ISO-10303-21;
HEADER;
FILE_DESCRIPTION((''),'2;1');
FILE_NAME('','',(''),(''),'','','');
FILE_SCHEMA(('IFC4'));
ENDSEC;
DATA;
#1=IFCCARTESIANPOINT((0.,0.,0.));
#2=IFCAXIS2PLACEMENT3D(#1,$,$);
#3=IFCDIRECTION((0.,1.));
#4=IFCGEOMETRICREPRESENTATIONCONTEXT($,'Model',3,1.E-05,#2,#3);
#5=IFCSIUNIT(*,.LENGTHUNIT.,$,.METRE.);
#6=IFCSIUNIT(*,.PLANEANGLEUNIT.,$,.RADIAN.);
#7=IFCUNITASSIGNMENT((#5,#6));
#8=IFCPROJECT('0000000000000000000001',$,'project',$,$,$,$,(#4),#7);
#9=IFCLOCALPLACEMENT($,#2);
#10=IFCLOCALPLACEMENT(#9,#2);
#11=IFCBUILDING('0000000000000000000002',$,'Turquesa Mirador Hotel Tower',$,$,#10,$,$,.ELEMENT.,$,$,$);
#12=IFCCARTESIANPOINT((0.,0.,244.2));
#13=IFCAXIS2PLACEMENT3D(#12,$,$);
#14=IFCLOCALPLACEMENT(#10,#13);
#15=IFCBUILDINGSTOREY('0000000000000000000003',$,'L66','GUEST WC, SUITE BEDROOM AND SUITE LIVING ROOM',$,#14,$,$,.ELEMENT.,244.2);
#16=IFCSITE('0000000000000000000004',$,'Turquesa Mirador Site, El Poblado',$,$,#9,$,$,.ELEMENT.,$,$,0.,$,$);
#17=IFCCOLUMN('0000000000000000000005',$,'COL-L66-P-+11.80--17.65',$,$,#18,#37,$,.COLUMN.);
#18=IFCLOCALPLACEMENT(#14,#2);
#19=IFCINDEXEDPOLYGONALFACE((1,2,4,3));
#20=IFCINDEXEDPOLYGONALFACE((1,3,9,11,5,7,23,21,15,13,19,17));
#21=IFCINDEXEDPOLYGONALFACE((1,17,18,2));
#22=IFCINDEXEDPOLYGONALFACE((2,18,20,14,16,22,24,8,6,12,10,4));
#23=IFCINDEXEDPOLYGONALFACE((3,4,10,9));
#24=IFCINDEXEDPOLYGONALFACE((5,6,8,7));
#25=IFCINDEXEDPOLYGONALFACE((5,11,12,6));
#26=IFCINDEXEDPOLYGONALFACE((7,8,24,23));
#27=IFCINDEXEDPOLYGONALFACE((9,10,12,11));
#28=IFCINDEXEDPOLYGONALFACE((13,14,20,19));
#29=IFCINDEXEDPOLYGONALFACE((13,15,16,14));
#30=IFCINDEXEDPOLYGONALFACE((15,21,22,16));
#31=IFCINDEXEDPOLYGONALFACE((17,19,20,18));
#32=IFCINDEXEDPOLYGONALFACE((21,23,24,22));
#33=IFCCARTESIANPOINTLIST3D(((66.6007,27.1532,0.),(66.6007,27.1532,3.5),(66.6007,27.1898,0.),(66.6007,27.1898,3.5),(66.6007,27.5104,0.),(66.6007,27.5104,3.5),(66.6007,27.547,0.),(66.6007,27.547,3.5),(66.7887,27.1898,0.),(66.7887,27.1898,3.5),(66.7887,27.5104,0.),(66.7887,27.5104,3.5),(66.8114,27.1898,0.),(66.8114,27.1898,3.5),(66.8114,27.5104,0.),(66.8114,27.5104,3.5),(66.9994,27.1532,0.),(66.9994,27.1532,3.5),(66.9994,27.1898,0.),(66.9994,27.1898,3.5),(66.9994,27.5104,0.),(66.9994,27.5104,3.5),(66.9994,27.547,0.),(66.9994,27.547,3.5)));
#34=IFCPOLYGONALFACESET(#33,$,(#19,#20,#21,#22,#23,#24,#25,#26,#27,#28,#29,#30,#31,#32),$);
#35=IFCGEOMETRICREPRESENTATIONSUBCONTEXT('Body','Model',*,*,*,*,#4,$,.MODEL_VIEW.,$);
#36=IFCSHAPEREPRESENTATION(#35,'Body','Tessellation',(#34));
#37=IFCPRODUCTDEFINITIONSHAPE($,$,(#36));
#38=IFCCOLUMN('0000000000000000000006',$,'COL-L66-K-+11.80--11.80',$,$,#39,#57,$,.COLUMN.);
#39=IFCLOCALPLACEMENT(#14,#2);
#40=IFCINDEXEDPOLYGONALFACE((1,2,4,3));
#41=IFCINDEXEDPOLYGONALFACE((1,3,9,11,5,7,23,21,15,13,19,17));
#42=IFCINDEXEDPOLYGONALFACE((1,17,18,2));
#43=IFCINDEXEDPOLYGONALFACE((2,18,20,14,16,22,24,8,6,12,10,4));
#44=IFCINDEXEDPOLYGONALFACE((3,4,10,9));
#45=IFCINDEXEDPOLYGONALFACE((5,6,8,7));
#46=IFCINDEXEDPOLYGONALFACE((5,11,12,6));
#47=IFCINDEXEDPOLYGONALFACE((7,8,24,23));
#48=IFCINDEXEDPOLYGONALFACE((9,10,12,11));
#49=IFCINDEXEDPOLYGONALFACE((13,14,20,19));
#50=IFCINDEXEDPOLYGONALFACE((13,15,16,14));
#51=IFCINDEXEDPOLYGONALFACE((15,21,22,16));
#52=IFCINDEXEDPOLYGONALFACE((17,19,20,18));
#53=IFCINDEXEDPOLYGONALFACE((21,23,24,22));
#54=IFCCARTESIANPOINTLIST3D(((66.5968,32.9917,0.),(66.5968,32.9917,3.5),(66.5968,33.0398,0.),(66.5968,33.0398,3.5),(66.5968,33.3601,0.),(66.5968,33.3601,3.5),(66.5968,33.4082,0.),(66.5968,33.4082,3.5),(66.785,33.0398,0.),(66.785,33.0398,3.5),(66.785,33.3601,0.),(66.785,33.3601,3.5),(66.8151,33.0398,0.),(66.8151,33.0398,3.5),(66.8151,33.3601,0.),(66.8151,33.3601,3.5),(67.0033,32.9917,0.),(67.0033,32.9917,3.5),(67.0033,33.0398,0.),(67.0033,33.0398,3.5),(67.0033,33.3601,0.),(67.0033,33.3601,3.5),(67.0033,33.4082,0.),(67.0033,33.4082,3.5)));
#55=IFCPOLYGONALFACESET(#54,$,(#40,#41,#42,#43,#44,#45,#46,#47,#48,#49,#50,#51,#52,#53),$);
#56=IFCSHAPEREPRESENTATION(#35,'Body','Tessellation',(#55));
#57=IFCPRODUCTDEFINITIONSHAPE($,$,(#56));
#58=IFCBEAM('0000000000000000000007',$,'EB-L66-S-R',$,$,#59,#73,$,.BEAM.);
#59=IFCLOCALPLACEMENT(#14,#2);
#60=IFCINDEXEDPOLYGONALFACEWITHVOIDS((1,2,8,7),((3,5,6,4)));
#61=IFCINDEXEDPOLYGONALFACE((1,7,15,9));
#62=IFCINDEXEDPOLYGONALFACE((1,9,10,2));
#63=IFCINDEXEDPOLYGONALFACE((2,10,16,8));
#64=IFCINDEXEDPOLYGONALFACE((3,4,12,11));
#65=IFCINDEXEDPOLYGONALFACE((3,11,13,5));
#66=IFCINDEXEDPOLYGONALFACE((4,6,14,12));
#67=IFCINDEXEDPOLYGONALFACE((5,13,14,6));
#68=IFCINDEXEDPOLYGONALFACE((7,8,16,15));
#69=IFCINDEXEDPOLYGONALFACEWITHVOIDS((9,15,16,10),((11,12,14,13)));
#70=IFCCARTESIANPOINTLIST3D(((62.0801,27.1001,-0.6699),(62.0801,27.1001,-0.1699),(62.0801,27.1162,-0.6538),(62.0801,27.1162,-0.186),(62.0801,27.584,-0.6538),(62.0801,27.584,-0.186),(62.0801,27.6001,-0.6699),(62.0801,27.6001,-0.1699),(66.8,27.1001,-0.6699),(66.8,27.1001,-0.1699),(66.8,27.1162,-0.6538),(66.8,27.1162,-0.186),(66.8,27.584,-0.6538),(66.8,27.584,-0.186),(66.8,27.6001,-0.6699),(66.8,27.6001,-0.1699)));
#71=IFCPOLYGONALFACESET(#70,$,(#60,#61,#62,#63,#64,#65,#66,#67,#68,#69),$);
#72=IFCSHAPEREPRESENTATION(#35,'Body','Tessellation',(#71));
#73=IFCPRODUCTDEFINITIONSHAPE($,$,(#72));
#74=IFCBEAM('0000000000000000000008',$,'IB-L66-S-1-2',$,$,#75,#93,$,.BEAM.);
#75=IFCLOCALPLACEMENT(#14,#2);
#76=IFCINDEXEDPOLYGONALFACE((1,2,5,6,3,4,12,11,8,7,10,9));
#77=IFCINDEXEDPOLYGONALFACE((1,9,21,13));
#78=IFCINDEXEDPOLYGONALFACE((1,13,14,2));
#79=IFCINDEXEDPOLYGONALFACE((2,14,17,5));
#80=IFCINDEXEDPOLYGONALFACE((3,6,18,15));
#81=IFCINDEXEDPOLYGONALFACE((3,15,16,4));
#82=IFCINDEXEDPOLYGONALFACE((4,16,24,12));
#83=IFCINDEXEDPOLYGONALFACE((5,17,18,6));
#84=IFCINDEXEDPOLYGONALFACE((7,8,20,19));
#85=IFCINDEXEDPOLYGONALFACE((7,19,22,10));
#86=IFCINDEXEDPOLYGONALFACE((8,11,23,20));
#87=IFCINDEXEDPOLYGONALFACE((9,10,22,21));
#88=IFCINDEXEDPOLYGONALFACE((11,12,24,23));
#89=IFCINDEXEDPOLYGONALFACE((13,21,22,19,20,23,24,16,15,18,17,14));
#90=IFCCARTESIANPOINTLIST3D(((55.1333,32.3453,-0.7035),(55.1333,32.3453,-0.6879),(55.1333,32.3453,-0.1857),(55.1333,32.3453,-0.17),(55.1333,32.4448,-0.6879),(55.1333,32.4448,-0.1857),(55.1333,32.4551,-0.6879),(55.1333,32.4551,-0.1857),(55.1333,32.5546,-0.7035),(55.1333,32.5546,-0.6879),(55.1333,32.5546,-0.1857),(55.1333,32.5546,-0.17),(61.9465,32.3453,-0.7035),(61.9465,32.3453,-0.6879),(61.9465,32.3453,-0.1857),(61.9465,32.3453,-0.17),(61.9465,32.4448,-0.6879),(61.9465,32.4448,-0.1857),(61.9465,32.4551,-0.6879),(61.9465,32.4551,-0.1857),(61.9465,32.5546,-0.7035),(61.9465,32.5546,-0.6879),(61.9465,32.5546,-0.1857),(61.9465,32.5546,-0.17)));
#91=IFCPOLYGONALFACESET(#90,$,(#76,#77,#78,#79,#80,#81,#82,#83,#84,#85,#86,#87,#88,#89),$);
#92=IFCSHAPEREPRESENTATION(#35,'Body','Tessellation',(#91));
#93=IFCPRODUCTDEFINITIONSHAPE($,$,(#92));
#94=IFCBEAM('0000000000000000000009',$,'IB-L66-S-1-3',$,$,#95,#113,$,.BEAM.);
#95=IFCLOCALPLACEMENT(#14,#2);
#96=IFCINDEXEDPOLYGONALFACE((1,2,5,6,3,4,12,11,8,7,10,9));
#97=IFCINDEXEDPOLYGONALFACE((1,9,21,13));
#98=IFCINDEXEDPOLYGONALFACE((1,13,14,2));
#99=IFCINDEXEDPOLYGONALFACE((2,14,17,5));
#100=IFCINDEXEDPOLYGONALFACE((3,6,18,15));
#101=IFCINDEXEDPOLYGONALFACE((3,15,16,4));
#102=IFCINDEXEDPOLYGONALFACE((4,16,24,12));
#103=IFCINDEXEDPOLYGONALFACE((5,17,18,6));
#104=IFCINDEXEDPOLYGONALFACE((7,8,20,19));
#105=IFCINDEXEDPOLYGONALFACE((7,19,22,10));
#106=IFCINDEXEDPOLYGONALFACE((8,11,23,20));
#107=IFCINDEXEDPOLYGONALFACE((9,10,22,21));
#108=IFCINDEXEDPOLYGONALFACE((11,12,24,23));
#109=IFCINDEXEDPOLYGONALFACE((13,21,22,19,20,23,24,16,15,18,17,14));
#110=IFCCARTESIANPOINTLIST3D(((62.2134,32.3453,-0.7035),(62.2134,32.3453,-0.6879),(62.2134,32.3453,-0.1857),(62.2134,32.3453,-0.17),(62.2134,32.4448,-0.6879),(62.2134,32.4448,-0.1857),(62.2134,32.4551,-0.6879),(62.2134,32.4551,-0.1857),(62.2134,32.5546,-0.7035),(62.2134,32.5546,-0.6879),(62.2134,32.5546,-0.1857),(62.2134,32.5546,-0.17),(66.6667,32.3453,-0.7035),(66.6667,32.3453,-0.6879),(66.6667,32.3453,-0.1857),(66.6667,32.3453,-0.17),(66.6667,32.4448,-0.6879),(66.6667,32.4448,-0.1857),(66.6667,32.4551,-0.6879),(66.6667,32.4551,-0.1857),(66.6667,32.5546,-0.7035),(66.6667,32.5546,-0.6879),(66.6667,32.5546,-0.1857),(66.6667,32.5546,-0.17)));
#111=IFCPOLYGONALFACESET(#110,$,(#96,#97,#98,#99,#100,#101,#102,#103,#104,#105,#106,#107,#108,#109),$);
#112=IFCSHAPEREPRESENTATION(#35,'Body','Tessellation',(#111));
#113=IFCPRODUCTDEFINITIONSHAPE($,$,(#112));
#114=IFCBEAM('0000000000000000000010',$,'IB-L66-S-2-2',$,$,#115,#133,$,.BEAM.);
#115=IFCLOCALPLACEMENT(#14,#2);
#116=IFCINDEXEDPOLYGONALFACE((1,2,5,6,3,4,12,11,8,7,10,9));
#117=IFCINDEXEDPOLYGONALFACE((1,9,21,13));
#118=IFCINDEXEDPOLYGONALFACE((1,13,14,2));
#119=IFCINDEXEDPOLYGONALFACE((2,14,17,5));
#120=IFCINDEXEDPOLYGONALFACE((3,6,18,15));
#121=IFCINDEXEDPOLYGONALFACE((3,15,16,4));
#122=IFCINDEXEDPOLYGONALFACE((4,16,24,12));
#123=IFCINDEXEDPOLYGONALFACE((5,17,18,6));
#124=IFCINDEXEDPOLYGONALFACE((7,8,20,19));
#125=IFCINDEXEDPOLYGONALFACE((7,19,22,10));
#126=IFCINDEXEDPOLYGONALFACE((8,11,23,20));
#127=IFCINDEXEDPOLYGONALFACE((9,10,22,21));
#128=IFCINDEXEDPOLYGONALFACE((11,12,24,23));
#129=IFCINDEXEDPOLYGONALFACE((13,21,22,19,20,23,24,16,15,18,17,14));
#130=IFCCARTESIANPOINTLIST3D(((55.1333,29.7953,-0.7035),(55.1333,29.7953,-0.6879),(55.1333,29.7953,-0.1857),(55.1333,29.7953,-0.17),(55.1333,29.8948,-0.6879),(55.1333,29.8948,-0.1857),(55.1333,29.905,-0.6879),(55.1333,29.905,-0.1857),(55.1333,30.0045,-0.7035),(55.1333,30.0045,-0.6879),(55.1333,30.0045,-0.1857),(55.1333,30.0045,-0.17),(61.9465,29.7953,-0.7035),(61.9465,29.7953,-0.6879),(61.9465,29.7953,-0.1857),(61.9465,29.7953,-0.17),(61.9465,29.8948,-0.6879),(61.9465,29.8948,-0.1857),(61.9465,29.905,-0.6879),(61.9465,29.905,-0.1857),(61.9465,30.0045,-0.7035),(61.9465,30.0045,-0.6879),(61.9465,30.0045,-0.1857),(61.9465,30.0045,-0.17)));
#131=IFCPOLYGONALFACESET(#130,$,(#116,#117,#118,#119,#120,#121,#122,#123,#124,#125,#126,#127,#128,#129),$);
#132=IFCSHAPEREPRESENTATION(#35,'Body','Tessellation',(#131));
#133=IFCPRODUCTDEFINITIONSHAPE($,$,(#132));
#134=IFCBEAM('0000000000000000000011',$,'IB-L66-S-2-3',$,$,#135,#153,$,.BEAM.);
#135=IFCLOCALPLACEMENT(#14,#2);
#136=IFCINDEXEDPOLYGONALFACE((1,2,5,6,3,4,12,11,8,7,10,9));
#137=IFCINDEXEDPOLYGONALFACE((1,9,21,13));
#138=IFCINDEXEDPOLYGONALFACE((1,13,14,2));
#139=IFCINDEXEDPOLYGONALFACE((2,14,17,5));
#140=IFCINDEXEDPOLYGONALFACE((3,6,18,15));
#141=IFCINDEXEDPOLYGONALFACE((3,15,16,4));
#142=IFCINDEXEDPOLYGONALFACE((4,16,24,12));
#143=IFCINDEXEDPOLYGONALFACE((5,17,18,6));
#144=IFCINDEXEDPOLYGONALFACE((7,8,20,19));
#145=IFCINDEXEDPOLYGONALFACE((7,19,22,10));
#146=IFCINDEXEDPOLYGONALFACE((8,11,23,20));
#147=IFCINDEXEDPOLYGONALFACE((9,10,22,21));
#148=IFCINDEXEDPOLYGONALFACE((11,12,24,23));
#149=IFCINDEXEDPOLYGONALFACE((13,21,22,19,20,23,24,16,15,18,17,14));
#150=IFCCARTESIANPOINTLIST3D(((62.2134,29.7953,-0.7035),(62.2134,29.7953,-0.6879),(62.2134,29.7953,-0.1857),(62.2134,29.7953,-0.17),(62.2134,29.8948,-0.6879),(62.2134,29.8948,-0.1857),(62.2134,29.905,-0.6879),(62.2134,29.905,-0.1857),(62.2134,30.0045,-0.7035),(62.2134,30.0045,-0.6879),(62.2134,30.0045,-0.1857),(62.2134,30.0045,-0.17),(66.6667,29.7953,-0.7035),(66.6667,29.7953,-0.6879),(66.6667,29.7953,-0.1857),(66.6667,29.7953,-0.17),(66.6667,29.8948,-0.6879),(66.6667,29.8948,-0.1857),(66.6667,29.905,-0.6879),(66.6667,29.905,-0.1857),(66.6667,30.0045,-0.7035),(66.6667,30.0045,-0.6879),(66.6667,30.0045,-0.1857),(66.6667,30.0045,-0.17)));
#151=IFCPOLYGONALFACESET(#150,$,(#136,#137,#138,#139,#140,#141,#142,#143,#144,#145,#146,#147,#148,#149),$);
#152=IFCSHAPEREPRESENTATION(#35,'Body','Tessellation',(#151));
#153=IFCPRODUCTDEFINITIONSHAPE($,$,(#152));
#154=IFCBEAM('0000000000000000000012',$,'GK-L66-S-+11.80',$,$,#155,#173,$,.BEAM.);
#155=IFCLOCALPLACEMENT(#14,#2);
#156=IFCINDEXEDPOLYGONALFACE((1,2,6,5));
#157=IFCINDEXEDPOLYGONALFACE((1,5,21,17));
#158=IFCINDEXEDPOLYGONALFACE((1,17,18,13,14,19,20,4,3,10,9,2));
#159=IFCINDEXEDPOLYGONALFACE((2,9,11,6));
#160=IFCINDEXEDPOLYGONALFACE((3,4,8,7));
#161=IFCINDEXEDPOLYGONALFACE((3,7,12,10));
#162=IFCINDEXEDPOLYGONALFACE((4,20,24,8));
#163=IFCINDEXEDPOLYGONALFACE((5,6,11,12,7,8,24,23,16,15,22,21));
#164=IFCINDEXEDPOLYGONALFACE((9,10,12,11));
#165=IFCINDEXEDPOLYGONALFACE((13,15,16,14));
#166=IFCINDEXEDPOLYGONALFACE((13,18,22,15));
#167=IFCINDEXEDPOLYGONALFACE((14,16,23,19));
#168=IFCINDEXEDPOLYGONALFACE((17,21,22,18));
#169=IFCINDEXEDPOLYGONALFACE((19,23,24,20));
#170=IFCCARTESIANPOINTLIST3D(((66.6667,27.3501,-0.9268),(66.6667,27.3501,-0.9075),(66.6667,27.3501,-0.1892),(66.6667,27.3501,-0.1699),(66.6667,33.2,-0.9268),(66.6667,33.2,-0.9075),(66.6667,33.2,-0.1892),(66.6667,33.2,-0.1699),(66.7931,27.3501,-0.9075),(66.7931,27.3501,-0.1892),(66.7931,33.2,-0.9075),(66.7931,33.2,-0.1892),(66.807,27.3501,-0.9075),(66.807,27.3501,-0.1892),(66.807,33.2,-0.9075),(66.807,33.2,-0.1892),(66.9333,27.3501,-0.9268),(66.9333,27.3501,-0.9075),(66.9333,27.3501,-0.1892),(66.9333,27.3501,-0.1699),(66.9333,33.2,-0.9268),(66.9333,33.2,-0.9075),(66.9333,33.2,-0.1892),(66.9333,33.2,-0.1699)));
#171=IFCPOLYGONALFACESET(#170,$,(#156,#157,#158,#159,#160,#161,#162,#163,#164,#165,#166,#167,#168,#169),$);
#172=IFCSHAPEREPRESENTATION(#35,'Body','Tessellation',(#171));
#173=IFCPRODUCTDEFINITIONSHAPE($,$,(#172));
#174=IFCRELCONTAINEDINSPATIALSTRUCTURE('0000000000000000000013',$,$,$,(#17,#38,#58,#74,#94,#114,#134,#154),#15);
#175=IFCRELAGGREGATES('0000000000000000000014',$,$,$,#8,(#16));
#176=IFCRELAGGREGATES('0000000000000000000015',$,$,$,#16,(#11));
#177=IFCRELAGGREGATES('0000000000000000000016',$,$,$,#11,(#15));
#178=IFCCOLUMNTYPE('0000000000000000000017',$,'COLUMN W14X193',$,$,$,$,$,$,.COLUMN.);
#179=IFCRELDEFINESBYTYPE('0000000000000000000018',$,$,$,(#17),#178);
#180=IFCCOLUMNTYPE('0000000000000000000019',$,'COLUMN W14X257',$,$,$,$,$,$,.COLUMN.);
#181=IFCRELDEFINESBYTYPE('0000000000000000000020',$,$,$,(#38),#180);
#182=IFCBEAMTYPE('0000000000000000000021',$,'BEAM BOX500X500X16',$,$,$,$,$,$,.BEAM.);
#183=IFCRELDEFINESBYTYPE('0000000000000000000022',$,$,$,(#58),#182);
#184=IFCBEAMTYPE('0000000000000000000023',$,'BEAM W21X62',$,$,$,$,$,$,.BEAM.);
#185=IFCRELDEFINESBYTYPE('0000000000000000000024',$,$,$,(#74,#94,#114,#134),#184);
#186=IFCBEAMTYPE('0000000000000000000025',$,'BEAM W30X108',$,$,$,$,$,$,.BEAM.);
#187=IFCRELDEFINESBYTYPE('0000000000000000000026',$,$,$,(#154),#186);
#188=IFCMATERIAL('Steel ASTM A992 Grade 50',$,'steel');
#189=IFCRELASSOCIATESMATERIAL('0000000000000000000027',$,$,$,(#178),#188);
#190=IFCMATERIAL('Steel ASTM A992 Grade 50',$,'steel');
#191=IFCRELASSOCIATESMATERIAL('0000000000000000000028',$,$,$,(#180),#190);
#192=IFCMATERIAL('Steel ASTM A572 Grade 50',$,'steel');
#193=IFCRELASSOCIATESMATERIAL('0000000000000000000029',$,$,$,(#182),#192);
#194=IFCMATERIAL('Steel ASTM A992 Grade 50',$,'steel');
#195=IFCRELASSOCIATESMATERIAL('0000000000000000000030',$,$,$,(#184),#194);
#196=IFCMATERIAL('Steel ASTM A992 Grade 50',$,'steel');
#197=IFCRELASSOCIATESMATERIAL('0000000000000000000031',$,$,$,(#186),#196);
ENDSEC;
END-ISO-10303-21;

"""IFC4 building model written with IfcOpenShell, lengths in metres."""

from ifc_helpers import new_model, si_unit, direction, frame, origin, origin_2d, place, context, subcontext, project, spatial, hollow_rectangle, i_section, extrude, material, material_profile, profile_set, type_object, element, save


model = new_model("IFC4")

# Units and contexts
model_context = context("Model", 3, precision=1e-05, world=origin(), true_north=direction((0.0, 1.0)))
body_context = subcontext(model_context, "Body", "Model", "MODEL_VIEW")
ifc_project = project(units=[si_unit("LENGTHUNIT", "METRE"), si_unit("PLANEANGLEUNIT", "RADIAN")], contexts=[model_context])

# Site, building, storey
site_placement = place(None, origin())
site = spatial("IfcSite", under=ifc_project, at=site_placement, Name="Turquesa Mirador Site, El Poblado", CompositionType="ELEMENT", RefElevation=0.0)
building_placement = place(site_placement, origin())
building = spatial("IfcBuilding", under=site, at=building_placement, Name="Turquesa Mirador Hotel Tower", CompositionType="ELEMENT")
storey_placement = place(building_placement, frame((0.0, 0.0, 244.2)))
storey = spatial("IfcBuildingStorey", under=building, at=storey_placement, Name="L66", Description="GUEST WC, SUITE BEDROOM AND SUITE LIVING ROOM", CompositionType="ELEMENT", Elevation=244.2)

# Columns
ifc_material_1 = material(Name="Steel ASTM A992 Grade 50", Category="steel")
ifc_material_profile_1 = material_profile(ifc_material_1, i_section(OverallWidth=0.3987, OverallDepth=0.3938, WebThickness=0.0227, FlangeThickness=0.0366, at=origin_2d()), Name="W14X193")
ifc_profile_set_1 = profile_set([ifc_material_profile_1], Name="Steel ASTM A992 Grade 50")
column_type_1 = type_object("IfcColumnType", Name="COLUMN W14X193", PredefinedType="COLUMN", material=ifc_profile_set_1)
column_1_placement = place(storey_placement, frame((66.8, 27.3501, 0.0), z_axis=(0.0, 0.0, 1.0), x_axis=(1.0, 0.0, 0.0)))
element("IfcColumn", 1, at=column_1_placement, inside=storey, type_object=column_type_1, Name="COL-L66-P-+11.80--17.65", PredefinedType="COLUMN", context=body_context, shape_type="SweptSolid", body=[
    extrude(i_section(OverallWidth=0.3987, OverallDepth=0.3938, WebThickness=0.0227, FlangeThickness=0.0366, at=origin_2d()), origin(), (0.0, 0.0, 1.0), 3.5),
])
ifc_material_2 = material(Name="Steel ASTM A992 Grade 50", Category="steel")
ifc_material_profile_2 = material_profile(ifc_material_2, i_section(OverallWidth=0.4065, OverallDepth=0.4165, WebThickness=0.03, FlangeThickness=0.0481, at=origin_2d()), Name="W14X257")
ifc_profile_set_2 = profile_set([ifc_material_profile_2], Name="Steel ASTM A992 Grade 50")
column_type_2 = type_object("IfcColumnType", Name="COLUMN W14X257", PredefinedType="COLUMN", material=ifc_profile_set_2)
column_2_placement = place(storey_placement, frame((66.8, 33.2, 0.0), z_axis=(0.0, 0.0, 1.0), x_axis=(1.0, 0.0, 0.0)))
element("IfcColumn", 2, at=column_2_placement, inside=storey, type_object=column_type_2, Name="COL-L66-K-+11.80--11.80", PredefinedType="COLUMN", context=body_context, shape_type="SweptSolid", body=[
    extrude(i_section(OverallWidth=0.4065, OverallDepth=0.4165, WebThickness=0.03, FlangeThickness=0.0481, at=origin_2d()), origin(), (0.0, 0.0, 1.0), 3.5),
])

# Beams
ifc_material_3 = material(Name="Steel ASTM A572 Grade 50", Category="steel")
ifc_material_profile_3 = material_profile(ifc_material_3, hollow_rectangle(XDim=0.5, YDim=0.5, WallThickness=0.0161, at=origin_2d()), Name="BOX500X500X16")
ifc_profile_set_3 = profile_set([ifc_material_profile_3], Name="Steel ASTM A572 Grade 50")
beam_type_1 = type_object("IfcBeamType", Name="BEAM BOX500X500X16", PredefinedType="BEAM", material=ifc_profile_set_3)
beam_1_placement = place(storey_placement, frame((62.0801, 27.3501, -0.4199), z_axis=(1.0, 0.0, 0.0), x_axis=(0.0, 1.0, 0.0)))
element("IfcBeam", 3, at=beam_1_placement, inside=storey, type_object=beam_type_1, Name="EB-L66-S-R", PredefinedType="BEAM", context=body_context, shape_type="SweptSolid", body=[
    extrude(hollow_rectangle(XDim=0.5, YDim=0.5, WallThickness=0.0161, at=origin_2d()), origin(), (0.0, 0.0, 1.0), 4.72),
])
ifc_material_4 = material(Name="Steel ASTM A992 Grade 50", Category="steel")
ifc_material_profile_4 = material_profile(ifc_material_4, i_section(OverallWidth=0.2092, OverallDepth=0.5334, WebThickness=0.0103, FlangeThickness=0.0156, at=origin_2d()), Name="W21X62")
ifc_profile_set_4 = profile_set([ifc_material_profile_4], Name="Steel ASTM A992 Grade 50")
beam_type_2 = type_object("IfcBeamType", Name="BEAM W21X62", PredefinedType="BEAM", material=ifc_profile_set_4)
beam_2_placement = place(storey_placement, frame((55.1333, 32.45, -0.4368), z_axis=(1.0, 0.0, 0.0), x_axis=(0.0, 1.0, 0.0)))
element("IfcBeam", 4, at=beam_2_placement, inside=storey, type_object=beam_type_2, Name="IB-L66-S-1-2", PredefinedType="BEAM", context=body_context, shape_type="SweptSolid", body=[
    extrude(i_section(OverallWidth=0.2092, OverallDepth=0.5334, WebThickness=0.0103, FlangeThickness=0.0156, at=origin_2d()), origin(), (0.0, 0.0, 1.0), 6.8132),
])
beam_3_placement = place(storey_placement, frame((62.2134, 32.45, -0.4368), z_axis=(1.0, 0.0, 0.0), x_axis=(0.0, 1.0, 0.0)))
element("IfcBeam", 5, at=beam_3_placement, inside=storey, type_object=beam_type_2, Name="IB-L66-S-1-3", PredefinedType="BEAM", context=body_context, shape_type="SweptSolid", body=[
    extrude(i_section(OverallWidth=0.2092, OverallDepth=0.5334, WebThickness=0.0103, FlangeThickness=0.0156, at=origin_2d()), origin(), (0.0, 0.0, 1.0), 4.4534),
])
beam_4_placement = place(storey_placement, frame((55.1333, 29.8999, -0.4368), z_axis=(1.0, 0.0, 0.0), x_axis=(0.0, 1.0, 0.0)))
element("IfcBeam", 6, at=beam_4_placement, inside=storey, type_object=beam_type_2, Name="IB-L66-S-2-2", PredefinedType="BEAM", context=body_context, shape_type="SweptSolid", body=[
    extrude(i_section(OverallWidth=0.2092, OverallDepth=0.5334, WebThickness=0.0103, FlangeThickness=0.0156, at=origin_2d()), origin(), (0.0, 0.0, 1.0), 6.8132),
])
beam_5_placement = place(storey_placement, frame((62.2134, 29.8999, -0.4368), z_axis=(1.0, 0.0, 0.0), x_axis=(0.0, 1.0, 0.0)))
element("IfcBeam", 7, at=beam_5_placement, inside=storey, type_object=beam_type_2, Name="IB-L66-S-2-3", PredefinedType="BEAM", context=body_context, shape_type="SweptSolid", body=[
    extrude(i_section(OverallWidth=0.2092, OverallDepth=0.5334, WebThickness=0.0103, FlangeThickness=0.0156, at=origin_2d()), origin(), (0.0, 0.0, 1.0), 4.4534),
])
ifc_material_5 = material(Name="Steel ASTM A992 Grade 50", Category="steel")
ifc_material_profile_5 = material_profile(ifc_material_5, i_section(OverallWidth=0.2666, OverallDepth=0.7568, WebThickness=0.0139, FlangeThickness=0.0193, at=origin_2d()), Name="W30X108")
ifc_profile_set_5 = profile_set([ifc_material_profile_5], Name="Steel ASTM A992 Grade 50")
beam_type_3 = type_object("IfcBeamType", Name="BEAM W30X108", PredefinedType="BEAM", material=ifc_profile_set_5)
beam_6_placement = place(storey_placement, frame((66.8, 27.3501, -0.5483), z_axis=(0.0, 1.0, 0.0), x_axis=(-1.0, 0.0, 0.0)))
element("IfcBeam", 8, at=beam_6_placement, inside=storey, type_object=beam_type_3, Name="GK-L66-S-+11.80", PredefinedType="BEAM", context=body_context, shape_type="SweptSolid", body=[
    extrude(i_section(OverallWidth=0.2666, OverallDepth=0.7568, WebThickness=0.0139, FlangeThickness=0.0193, at=origin_2d()), origin(), (0.0, 0.0, 1.0), 5.8499),
])

save(model, "model.ifc")
